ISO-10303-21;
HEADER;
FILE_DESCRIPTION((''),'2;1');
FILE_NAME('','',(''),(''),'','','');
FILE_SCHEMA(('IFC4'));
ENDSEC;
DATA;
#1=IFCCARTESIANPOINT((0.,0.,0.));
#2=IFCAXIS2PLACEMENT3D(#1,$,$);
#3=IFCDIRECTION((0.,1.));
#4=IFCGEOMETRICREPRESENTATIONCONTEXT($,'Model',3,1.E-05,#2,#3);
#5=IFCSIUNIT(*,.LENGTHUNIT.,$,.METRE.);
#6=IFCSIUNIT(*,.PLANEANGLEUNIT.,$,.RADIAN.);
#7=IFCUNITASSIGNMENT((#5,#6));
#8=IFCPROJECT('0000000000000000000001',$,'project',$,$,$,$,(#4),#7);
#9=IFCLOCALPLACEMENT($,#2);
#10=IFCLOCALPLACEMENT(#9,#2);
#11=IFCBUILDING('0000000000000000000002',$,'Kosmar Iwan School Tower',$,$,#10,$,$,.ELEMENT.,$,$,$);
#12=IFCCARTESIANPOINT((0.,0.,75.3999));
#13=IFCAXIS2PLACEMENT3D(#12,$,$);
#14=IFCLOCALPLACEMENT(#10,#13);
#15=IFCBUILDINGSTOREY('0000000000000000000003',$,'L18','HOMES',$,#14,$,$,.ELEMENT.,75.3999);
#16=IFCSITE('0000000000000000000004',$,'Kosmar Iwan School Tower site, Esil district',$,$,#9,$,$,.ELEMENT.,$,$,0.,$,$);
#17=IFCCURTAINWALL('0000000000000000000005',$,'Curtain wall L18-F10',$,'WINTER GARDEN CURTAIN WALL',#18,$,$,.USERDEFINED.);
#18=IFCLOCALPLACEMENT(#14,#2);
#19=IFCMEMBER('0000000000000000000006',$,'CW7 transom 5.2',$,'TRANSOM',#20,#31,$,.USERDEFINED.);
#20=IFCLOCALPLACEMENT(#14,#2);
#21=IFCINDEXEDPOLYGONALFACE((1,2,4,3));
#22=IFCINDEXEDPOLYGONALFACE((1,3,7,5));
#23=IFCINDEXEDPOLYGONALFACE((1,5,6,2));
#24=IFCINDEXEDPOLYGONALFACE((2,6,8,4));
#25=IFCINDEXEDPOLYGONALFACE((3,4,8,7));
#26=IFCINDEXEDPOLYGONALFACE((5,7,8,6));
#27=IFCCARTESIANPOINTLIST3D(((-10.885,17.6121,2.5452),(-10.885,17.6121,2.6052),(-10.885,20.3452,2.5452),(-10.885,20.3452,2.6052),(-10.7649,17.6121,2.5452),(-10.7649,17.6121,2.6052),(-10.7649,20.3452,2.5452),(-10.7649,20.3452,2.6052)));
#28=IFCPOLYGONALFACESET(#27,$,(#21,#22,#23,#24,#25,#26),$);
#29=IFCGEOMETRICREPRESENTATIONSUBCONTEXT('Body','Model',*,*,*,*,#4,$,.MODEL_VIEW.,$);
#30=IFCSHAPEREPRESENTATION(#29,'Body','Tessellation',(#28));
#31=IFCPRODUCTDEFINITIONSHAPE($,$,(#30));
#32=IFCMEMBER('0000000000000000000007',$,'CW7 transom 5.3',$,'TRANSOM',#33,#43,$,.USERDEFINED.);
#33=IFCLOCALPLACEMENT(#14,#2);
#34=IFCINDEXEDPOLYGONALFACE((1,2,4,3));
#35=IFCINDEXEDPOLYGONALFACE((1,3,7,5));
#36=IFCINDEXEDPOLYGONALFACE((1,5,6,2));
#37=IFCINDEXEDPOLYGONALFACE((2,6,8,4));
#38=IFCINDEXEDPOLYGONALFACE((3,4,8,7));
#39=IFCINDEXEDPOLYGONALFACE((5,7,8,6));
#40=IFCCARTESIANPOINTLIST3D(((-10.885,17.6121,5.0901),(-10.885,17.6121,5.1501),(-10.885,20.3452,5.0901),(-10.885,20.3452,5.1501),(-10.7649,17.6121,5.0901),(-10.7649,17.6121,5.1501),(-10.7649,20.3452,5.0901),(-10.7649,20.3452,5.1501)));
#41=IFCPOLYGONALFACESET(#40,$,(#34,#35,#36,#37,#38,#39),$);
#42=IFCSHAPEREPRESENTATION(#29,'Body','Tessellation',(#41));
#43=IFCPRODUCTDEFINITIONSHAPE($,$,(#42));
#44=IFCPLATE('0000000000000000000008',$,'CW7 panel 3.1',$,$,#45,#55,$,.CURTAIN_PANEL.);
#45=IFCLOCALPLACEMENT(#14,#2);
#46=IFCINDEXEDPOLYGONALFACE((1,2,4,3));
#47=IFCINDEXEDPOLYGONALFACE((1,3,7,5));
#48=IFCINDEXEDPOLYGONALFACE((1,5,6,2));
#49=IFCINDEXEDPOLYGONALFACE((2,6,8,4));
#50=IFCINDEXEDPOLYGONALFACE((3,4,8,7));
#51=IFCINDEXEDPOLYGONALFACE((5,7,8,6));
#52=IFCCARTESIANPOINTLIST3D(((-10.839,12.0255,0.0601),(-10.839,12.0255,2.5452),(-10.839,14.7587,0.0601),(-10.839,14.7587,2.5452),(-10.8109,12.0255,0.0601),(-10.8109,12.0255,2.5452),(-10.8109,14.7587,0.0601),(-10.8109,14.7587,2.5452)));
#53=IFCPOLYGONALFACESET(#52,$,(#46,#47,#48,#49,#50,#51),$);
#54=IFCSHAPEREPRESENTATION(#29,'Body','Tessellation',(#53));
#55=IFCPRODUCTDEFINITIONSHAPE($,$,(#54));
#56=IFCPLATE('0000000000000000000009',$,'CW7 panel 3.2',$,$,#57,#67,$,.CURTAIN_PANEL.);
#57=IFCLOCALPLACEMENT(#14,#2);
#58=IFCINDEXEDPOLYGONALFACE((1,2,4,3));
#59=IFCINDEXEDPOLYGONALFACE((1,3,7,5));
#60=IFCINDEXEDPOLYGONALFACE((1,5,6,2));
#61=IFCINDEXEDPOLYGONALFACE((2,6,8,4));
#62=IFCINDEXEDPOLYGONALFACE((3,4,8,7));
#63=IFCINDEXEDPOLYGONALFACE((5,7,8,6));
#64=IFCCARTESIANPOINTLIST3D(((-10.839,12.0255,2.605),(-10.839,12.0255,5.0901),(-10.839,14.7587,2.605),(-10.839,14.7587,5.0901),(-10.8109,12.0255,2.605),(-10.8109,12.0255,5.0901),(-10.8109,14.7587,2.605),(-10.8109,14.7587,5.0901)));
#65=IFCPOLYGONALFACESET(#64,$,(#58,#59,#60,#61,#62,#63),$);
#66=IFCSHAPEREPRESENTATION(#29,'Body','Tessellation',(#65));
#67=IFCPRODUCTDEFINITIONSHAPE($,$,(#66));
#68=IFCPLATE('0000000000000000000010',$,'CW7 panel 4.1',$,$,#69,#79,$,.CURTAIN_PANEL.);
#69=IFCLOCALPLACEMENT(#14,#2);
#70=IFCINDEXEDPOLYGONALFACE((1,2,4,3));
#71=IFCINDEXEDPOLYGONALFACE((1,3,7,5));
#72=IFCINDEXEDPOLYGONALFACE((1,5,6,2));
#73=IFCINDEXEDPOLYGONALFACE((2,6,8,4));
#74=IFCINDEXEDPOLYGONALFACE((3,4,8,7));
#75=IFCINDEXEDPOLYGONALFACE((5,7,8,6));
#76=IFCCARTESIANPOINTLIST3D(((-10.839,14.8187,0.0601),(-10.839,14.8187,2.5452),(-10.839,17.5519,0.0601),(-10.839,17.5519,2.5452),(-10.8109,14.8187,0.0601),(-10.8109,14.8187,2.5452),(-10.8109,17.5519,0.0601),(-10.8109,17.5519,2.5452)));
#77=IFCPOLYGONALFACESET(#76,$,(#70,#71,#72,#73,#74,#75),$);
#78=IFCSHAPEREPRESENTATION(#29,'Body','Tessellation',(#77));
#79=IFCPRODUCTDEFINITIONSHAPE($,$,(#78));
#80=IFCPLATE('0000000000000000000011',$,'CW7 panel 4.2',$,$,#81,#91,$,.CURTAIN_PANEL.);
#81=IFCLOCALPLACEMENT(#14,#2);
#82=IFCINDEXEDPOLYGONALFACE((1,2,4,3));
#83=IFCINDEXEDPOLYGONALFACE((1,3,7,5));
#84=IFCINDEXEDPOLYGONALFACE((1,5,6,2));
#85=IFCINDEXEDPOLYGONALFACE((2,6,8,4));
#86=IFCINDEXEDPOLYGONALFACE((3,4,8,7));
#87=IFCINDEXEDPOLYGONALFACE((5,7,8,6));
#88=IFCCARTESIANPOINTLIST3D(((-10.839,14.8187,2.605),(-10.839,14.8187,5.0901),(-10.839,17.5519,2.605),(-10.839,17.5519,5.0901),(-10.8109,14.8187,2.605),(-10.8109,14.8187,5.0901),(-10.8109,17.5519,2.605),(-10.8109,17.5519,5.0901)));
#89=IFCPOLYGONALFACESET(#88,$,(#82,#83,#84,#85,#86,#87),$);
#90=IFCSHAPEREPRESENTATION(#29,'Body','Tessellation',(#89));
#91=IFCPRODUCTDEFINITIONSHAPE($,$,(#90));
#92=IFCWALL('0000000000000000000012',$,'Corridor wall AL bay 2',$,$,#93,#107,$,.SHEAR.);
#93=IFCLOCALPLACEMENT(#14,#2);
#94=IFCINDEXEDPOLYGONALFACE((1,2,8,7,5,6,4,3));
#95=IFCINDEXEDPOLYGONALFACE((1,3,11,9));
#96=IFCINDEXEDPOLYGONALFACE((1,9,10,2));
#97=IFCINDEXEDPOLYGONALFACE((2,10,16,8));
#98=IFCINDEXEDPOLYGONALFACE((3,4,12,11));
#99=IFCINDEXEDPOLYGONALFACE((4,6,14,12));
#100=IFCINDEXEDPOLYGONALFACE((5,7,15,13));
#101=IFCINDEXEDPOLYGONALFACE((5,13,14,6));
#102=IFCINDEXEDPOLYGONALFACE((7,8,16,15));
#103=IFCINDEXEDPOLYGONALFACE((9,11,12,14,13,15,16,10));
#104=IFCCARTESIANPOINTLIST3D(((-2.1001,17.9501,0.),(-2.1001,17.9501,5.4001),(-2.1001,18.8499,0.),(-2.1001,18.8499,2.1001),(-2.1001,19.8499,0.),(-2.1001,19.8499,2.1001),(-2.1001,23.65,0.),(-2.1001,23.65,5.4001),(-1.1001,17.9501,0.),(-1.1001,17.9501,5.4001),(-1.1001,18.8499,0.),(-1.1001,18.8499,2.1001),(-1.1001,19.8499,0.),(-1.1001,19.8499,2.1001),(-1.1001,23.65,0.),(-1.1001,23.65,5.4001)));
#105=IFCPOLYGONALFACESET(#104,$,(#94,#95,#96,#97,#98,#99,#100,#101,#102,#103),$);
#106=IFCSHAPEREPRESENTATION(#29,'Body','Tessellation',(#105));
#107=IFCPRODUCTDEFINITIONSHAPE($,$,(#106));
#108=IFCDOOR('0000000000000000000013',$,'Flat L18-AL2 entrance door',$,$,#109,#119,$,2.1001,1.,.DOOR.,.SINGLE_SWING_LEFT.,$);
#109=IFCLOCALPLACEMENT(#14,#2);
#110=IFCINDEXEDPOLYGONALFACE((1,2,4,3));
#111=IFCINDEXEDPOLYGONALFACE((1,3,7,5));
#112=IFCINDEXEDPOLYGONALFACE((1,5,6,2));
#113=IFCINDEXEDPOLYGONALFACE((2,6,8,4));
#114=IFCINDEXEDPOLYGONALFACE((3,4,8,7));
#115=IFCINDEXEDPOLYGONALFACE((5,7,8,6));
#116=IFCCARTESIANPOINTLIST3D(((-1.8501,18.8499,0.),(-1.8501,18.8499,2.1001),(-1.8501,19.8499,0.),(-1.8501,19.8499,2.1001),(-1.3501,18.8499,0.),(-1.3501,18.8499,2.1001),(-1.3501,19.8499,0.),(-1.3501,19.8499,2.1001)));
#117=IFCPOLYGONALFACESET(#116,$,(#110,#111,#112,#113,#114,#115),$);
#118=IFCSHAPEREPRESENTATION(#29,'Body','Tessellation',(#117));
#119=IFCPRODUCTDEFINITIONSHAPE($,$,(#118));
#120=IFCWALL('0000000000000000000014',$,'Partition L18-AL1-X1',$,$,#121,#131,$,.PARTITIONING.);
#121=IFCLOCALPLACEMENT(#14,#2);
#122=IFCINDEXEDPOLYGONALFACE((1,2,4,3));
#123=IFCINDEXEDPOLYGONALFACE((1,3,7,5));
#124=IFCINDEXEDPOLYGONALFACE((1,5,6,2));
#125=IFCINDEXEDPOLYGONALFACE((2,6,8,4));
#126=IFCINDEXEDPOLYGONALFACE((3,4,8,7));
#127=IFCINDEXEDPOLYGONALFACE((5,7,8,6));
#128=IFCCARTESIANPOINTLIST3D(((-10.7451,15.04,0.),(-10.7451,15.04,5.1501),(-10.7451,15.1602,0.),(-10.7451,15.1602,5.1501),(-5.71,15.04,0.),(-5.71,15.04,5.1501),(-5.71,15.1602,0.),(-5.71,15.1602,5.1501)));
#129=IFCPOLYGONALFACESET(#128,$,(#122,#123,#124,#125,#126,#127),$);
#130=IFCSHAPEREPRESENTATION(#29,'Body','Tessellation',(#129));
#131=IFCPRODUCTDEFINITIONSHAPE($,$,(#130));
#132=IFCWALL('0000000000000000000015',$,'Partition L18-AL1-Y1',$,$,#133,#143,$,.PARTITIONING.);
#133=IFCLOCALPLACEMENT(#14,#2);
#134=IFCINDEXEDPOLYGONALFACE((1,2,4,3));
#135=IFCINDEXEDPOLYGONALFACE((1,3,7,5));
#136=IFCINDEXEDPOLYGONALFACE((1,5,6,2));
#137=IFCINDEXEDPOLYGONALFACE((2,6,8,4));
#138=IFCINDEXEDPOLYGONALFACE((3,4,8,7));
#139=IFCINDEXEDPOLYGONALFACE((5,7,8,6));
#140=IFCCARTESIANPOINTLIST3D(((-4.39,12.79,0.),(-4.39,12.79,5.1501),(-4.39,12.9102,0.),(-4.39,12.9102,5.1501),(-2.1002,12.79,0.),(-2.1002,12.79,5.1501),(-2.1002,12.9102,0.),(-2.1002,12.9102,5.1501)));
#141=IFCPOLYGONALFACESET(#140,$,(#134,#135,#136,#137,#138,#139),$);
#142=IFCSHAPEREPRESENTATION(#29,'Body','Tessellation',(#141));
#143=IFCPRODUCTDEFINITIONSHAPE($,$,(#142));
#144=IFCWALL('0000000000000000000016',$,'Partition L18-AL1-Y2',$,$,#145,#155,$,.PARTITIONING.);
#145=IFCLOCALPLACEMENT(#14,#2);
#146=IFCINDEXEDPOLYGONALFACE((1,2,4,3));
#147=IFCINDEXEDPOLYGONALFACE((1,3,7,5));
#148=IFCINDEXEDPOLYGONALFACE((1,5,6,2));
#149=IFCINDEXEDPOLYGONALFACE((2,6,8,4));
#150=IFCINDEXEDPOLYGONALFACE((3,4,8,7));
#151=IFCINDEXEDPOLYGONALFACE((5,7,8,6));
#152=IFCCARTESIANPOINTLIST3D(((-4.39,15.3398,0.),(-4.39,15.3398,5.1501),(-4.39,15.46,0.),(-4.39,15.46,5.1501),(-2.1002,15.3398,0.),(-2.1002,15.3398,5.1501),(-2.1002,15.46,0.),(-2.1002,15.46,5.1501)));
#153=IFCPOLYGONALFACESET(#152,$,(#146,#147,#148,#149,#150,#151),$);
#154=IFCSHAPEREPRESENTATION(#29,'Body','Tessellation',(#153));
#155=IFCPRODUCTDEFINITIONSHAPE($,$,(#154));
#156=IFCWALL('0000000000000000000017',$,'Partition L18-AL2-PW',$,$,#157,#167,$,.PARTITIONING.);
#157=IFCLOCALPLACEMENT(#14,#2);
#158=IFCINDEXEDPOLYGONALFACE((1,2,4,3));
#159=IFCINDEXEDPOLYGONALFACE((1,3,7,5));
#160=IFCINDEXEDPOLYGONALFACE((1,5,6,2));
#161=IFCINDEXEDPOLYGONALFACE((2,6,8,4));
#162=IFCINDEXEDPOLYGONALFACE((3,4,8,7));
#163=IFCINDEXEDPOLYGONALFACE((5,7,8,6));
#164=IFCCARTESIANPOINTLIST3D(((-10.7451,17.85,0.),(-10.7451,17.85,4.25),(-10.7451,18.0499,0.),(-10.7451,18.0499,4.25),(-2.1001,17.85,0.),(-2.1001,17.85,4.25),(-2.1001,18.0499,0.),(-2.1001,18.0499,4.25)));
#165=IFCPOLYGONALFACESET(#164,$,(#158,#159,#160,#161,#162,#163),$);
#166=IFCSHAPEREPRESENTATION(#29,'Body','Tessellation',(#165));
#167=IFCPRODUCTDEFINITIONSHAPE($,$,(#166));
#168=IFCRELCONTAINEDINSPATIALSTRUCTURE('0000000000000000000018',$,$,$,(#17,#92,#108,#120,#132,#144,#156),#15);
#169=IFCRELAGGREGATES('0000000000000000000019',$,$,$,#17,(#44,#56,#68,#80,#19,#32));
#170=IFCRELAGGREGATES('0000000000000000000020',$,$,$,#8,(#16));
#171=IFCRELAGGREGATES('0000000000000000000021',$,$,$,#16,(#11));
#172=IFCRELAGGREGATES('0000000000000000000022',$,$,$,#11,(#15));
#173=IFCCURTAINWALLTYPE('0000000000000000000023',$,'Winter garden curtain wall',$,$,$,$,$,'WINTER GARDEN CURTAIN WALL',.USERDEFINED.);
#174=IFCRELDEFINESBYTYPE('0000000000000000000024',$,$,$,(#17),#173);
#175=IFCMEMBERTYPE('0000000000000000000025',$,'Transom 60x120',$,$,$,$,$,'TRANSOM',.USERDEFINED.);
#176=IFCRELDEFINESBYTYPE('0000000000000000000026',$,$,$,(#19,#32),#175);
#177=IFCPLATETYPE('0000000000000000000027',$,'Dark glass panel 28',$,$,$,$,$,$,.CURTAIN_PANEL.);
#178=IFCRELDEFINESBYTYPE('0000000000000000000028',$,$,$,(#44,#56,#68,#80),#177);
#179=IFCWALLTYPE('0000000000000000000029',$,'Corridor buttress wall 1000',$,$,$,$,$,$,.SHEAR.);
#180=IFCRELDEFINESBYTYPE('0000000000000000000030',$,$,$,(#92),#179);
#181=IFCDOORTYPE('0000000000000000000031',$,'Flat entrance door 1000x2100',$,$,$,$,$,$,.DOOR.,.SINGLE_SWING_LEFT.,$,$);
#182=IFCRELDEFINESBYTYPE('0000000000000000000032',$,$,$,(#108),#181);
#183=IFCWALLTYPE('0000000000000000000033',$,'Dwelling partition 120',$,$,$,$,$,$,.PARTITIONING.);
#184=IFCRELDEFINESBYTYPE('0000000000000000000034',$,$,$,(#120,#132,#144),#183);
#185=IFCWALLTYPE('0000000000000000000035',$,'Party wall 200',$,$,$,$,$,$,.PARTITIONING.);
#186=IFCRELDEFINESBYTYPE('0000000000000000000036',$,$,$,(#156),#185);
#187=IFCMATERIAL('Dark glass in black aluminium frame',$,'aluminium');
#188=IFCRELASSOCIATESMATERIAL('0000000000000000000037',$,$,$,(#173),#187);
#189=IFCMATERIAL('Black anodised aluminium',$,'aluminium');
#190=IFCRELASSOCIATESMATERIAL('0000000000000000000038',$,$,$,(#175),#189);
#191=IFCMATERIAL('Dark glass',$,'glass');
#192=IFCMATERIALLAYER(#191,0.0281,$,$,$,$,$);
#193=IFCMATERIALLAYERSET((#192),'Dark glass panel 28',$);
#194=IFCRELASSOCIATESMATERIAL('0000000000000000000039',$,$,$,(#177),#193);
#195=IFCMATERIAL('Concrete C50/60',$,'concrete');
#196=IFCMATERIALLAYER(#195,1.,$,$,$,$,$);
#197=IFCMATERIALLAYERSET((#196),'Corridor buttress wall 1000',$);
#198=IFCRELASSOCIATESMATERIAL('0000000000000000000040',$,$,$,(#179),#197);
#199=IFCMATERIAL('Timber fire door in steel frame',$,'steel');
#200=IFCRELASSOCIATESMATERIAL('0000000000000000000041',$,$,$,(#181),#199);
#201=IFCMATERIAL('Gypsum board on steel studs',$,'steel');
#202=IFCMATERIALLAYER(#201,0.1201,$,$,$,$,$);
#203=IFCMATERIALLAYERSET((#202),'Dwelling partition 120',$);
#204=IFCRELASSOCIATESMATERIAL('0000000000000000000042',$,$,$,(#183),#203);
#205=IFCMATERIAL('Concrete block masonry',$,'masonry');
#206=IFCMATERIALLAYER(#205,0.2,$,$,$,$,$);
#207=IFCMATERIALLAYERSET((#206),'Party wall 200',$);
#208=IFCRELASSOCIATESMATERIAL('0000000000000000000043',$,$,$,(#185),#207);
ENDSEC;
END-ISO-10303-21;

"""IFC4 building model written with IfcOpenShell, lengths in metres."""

from ifc_helpers import new_model, si_unit, direction, frame, frame_2d, origin, origin_2d, place, context, subcontext, project, spatial, rectangle, extrude, material, layer, layer_set, material_profile, profile_set, type_object, element, fill, aggregate, save


model = new_model("IFC4")

# Units and contexts
model_context = context("Model", 3, precision=1e-05, world=origin(), true_north=direction((0.0, 1.0)))
body_context = subcontext(model_context, "Body", "Model", "MODEL_VIEW")
ifc_project = project(units=[si_unit("LENGTHUNIT", "METRE"), si_unit("PLANEANGLEUNIT", "RADIAN")], contexts=[model_context])

# Site, building, storey
site_placement = place(None, origin())
site = spatial("IfcSite", under=ifc_project, at=site_placement, Name="Kosmar Iwan School Tower site, Esil district", CompositionType="ELEMENT", RefElevation=0.0)
building_placement = place(site_placement, origin())
building = spatial("IfcBuilding", under=site, at=building_placement, Name="Kosmar Iwan School Tower", CompositionType="ELEMENT")
storey_placement = place(building_placement, frame((0.0, 0.0, 75.3999)))
storey = spatial("IfcBuildingStorey", under=building, at=storey_placement, Name="L18", Description="HOMES", CompositionType="ELEMENT", Elevation=75.3999)

# Curtain wall
ifc_material_1 = material(Name="Dark glass in black aluminium frame", Category="aluminium")
curtain_wall_type = type_object("IfcCurtainWallType", Name="Winter garden curtain wall", ElementType="WINTER GARDEN CURTAIN WALL", PredefinedType="USERDEFINED", material=ifc_material_1)
curtain_wall_placement = place(storey_placement, origin())
curtain_wall = element("IfcCurtainWall", 1, at=curtain_wall_placement, inside=storey, type_object=curtain_wall_type, Name="Curtain wall L18-F10", ObjectType="WINTER GARDEN CURTAIN WALL", PredefinedType="USERDEFINED")

# Members
ifc_material_2 = material(Name="Black anodised aluminium", Category="aluminium")
ifc_material_profile_1 = material_profile(ifc_material_2, rectangle(XDim=0.1201, YDim=0.0601, at=origin_2d()), Name="TRANSOM 60x120")
ifc_profile_set_1 = profile_set([ifc_material_profile_1], Name="Black anodised aluminium")
member_type_1 = type_object("IfcMemberType", Name="Transom 60x120", ElementType="TRANSOM", PredefinedType="USERDEFINED", material=ifc_profile_set_1)
member_1_placement = place(storey_placement, frame((-10.825, 17.6121, 2.5752), z_axis=(0.0, 1.0, 0.0), x_axis=(-1.0, 0.0, 0.0)))
member_1 = element("IfcMember", 2, at=member_1_placement, type_object=member_type_1, Name="CW7 transom 5.2", ObjectType="TRANSOM", PredefinedType="USERDEFINED", context=body_context, shape_type="SweptSolid", body=[
    extrude(rectangle(XDim=0.1201, YDim=0.0601, at=origin_2d()), origin(), (0.0, 0.0, 1.0), 2.7332),
])
member_2_placement = place(storey_placement, frame((-10.825, 17.6121, 5.1201), z_axis=(0.0, 1.0, 0.0), x_axis=(-1.0, 0.0, 0.0)))
member_2 = element("IfcMember", 3, at=member_2_placement, type_object=member_type_1, Name="CW7 transom 5.3", ObjectType="TRANSOM", PredefinedType="USERDEFINED", context=body_context, shape_type="SweptSolid", body=[
    extrude(rectangle(XDim=0.1201, YDim=0.0601, at=origin_2d()), origin(), (0.0, 0.0, 1.0), 2.7332),
])

# Plates
ifc_material_3 = material(Name="Dark glass", Category="glass")
ifc_layer_1 = layer(ifc_material_3, 0.0281)
ifc_layer_set_1 = layer_set([ifc_layer_1], Name="Dark glass panel 28")
plate_type = type_object("IfcPlateType", Name="Dark glass panel 28", PredefinedType="CURTAIN_PANEL", material=ifc_layer_set_1)
plate_1_placement = place(storey_placement, frame((-10.825, 13.3921, 0.0601), z_axis=(0.0, 0.0, 1.0), x_axis=(0.0, 1.0, 0.0)))
plate_1 = element("IfcPlate", 4, at=plate_1_placement, type_object=plate_type, Name="CW7 panel 3.1", PredefinedType="CURTAIN_PANEL", context=body_context, shape_type="SweptSolid", body=[
    extrude(rectangle(XDim=2.7332, YDim=0.0281, at=origin_2d()), origin(), (0.0, 0.0, 1.0), 2.4851),
])
plate_2_placement = place(storey_placement, frame((-10.825, 13.3921, 2.605), z_axis=(0.0, 0.0, 1.0), x_axis=(0.0, 1.0, 0.0)))
plate_2 = element("IfcPlate", 5, at=plate_2_placement, type_object=plate_type, Name="CW7 panel 3.2", PredefinedType="CURTAIN_PANEL", context=body_context, shape_type="SweptSolid", body=[
    extrude(rectangle(XDim=2.7332, YDim=0.0281, at=origin_2d()), origin(), (0.0, 0.0, 1.0), 2.4851),
])
plate_3_placement = place(storey_placement, frame((-10.825, 16.1853, 0.0601), z_axis=(0.0, 0.0, 1.0), x_axis=(0.0, 1.0, 0.0)))
plate_3 = element("IfcPlate", 6, at=plate_3_placement, type_object=plate_type, Name="CW7 panel 4.1", PredefinedType="CURTAIN_PANEL", context=body_context, shape_type="SweptSolid", body=[
    extrude(rectangle(XDim=2.7332, YDim=0.0281, at=origin_2d()), origin(), (0.0, 0.0, 1.0), 2.4851),
])
plate_4_placement = place(storey_placement, frame((-10.825, 16.1853, 2.605), z_axis=(0.0, 0.0, 1.0), x_axis=(0.0, 1.0, 0.0)))
plate_4 = element("IfcPlate", 7, at=plate_4_placement, type_object=plate_type, Name="CW7 panel 4.2", PredefinedType="CURTAIN_PANEL", context=body_context, shape_type="SweptSolid", body=[
    extrude(rectangle(XDim=2.7332, YDim=0.0281, at=origin_2d()), origin(), (0.0, 0.0, 1.0), 2.4851),
])
aggregate(curtain_wall, [plate_1, plate_2, plate_3, plate_4, member_1, member_2])

# Wall, opening, door
ifc_material_4 = material(Name="Concrete C50/60", Category="concrete")
ifc_layer_2 = layer(ifc_material_4, 1.0)
ifc_layer_set_2 = layer_set([ifc_layer_2], Name="Corridor buttress wall 1000")
wall_type_1 = type_object("IfcWallType", Name="Corridor buttress wall 1000", PredefinedType="SHEAR", material=ifc_layer_set_2)
wall_1_placement = place(storey_placement, frame((-1.6001, 17.95, 0.0), z_axis=(0.0, 0.0, 1.0), x_axis=(0.0, 1.0, 0.0)))
wall_1 = element("IfcWall", 8, at=wall_1_placement, inside=storey, type_object=wall_type_1, Name="Corridor wall AL bay 2", PredefinedType="SHEAR", context=body_context, shape_type="SweptSolid", body=[
    extrude(rectangle(XDim=5.7, YDim=1.0, at=frame_2d((2.8501, 0.0))), origin(), (0.0, 0.0, 1.0), 5.4001),
])
opening_placement = place(wall_1_placement, frame((0.8999, 0.0, 0.0)))
opening = element("IfcOpeningElement", 9, at=opening_placement, cuts=wall_1, PredefinedType="OPENING", context=body_context, shape_type="SweptSolid", body=[
    extrude(rectangle(XDim=1.0, YDim=2.1001, at=frame_2d((0.5, 1.05))), frame((0.0, 0.512, 0.0), z_axis=(0.0, -1.0, 0.0), x_axis=(1.0, 0.0, 0.0)), (0.0, 0.0, 1.0), 1.0239),
])
ifc_material_5 = material(Name="Timber fire door in steel frame", Category="steel")
door_type = type_object("IfcDoorType", Name="Flat entrance door 1000x2100", OperationType="SINGLE_SWING_LEFT", PredefinedType="DOOR", material=ifc_material_5)
door_placement = place(opening_placement, origin())
door = element("IfcDoor", 10, at=door_placement, inside=storey, type_object=door_type, Name="Flat L18-AL2 entrance door", OperationType="SINGLE_SWING_LEFT", OverallHeight=2.1001, OverallWidth=1.0, PredefinedType="DOOR", context=body_context, shape_type="SweptSolid", body=[
    extrude(rectangle(XDim=1.0, YDim=2.1001, at=frame_2d((0.5, 1.05))), frame((0.0, 0.25, 0.0), z_axis=(0.0, -1.0, 0.0), x_axis=(1.0, 0.0, 0.0)), (0.0, 0.0, 1.0), 0.5),
])
fill(opening, door)

# Walls
ifc_material_6 = material(Name="Gypsum board on steel studs", Category="steel")
ifc_layer_3 = layer(ifc_material_6, 0.1201)
ifc_layer_set_3 = layer_set([ifc_layer_3], Name="Dwelling partition 120")
wall_type_2 = type_object("IfcWallType", Name="Dwelling partition 120", PredefinedType="PARTITIONING", material=ifc_layer_set_3)
wall_2_placement = place(storey_placement, frame((-5.71, 15.1001, 0.0), z_axis=(0.0, 0.0, 1.0), x_axis=(-1.0, 0.0, 0.0)))
element("IfcWall", 11, at=wall_2_placement, inside=storey, type_object=wall_type_2, Name="Partition L18-AL1-X1", PredefinedType="PARTITIONING", context=body_context, shape_type="SweptSolid", body=[
    extrude(rectangle(XDim=5.0352, YDim=0.1201, at=frame_2d((2.5176, 0.0))), origin(), (0.0, 0.0, 1.0), 5.1501),
])
for number, where, z_axis, x_axis, name in (
    (12, (-2.1001, 12.8501, 0.0), (0.0, 0.0, 1.0), (-1.0, 0.0, 0.0), "Partition L18-AL1-Y1"),
    (13, (-2.1001, 15.3999, 0.0), (0.0, 0.0, 1.0), (-1.0, 0.0, 0.0), "Partition L18-AL1-Y2"),
):
    element("IfcWall", number, at=place(storey_placement, frame(where, z_axis=z_axis, x_axis=x_axis)), inside=storey, type_object=wall_type_2, Name=name, PredefinedType="PARTITIONING", context=body_context, shape_type="SweptSolid", body=[
        extrude(rectangle(XDim=2.2898, YDim=0.1201, at=frame_2d((1.145, 0.0))), origin(), (0.0, 0.0, 1.0), 5.1501),
    ])
ifc_material_7 = material(Name="Concrete block masonry", Category="masonry")
ifc_layer_4 = layer(ifc_material_7, 0.2)
ifc_layer_set_4 = layer_set([ifc_layer_4], Name="Party wall 200")
wall_type_3 = type_object("IfcWallType", Name="Party wall 200", PredefinedType="PARTITIONING", material=ifc_layer_set_4)
wall_3_placement = place(storey_placement, frame((-2.1001, 17.95, 0.0), z_axis=(0.0, 0.0, 1.0), x_axis=(-1.0, 0.0, 0.0)))
element("IfcWall", 14, at=wall_3_placement, inside=storey, type_object=wall_type_3, Name="Partition L18-AL2-PW", PredefinedType="PARTITIONING", context=body_context, shape_type="SweptSolid", body=[
    extrude(rectangle(XDim=8.645, YDim=0.2, at=frame_2d((4.3225, 0.0))), origin(), (0.0, 0.0, 1.0), 4.25),
])

save(model, "model.ifc")
